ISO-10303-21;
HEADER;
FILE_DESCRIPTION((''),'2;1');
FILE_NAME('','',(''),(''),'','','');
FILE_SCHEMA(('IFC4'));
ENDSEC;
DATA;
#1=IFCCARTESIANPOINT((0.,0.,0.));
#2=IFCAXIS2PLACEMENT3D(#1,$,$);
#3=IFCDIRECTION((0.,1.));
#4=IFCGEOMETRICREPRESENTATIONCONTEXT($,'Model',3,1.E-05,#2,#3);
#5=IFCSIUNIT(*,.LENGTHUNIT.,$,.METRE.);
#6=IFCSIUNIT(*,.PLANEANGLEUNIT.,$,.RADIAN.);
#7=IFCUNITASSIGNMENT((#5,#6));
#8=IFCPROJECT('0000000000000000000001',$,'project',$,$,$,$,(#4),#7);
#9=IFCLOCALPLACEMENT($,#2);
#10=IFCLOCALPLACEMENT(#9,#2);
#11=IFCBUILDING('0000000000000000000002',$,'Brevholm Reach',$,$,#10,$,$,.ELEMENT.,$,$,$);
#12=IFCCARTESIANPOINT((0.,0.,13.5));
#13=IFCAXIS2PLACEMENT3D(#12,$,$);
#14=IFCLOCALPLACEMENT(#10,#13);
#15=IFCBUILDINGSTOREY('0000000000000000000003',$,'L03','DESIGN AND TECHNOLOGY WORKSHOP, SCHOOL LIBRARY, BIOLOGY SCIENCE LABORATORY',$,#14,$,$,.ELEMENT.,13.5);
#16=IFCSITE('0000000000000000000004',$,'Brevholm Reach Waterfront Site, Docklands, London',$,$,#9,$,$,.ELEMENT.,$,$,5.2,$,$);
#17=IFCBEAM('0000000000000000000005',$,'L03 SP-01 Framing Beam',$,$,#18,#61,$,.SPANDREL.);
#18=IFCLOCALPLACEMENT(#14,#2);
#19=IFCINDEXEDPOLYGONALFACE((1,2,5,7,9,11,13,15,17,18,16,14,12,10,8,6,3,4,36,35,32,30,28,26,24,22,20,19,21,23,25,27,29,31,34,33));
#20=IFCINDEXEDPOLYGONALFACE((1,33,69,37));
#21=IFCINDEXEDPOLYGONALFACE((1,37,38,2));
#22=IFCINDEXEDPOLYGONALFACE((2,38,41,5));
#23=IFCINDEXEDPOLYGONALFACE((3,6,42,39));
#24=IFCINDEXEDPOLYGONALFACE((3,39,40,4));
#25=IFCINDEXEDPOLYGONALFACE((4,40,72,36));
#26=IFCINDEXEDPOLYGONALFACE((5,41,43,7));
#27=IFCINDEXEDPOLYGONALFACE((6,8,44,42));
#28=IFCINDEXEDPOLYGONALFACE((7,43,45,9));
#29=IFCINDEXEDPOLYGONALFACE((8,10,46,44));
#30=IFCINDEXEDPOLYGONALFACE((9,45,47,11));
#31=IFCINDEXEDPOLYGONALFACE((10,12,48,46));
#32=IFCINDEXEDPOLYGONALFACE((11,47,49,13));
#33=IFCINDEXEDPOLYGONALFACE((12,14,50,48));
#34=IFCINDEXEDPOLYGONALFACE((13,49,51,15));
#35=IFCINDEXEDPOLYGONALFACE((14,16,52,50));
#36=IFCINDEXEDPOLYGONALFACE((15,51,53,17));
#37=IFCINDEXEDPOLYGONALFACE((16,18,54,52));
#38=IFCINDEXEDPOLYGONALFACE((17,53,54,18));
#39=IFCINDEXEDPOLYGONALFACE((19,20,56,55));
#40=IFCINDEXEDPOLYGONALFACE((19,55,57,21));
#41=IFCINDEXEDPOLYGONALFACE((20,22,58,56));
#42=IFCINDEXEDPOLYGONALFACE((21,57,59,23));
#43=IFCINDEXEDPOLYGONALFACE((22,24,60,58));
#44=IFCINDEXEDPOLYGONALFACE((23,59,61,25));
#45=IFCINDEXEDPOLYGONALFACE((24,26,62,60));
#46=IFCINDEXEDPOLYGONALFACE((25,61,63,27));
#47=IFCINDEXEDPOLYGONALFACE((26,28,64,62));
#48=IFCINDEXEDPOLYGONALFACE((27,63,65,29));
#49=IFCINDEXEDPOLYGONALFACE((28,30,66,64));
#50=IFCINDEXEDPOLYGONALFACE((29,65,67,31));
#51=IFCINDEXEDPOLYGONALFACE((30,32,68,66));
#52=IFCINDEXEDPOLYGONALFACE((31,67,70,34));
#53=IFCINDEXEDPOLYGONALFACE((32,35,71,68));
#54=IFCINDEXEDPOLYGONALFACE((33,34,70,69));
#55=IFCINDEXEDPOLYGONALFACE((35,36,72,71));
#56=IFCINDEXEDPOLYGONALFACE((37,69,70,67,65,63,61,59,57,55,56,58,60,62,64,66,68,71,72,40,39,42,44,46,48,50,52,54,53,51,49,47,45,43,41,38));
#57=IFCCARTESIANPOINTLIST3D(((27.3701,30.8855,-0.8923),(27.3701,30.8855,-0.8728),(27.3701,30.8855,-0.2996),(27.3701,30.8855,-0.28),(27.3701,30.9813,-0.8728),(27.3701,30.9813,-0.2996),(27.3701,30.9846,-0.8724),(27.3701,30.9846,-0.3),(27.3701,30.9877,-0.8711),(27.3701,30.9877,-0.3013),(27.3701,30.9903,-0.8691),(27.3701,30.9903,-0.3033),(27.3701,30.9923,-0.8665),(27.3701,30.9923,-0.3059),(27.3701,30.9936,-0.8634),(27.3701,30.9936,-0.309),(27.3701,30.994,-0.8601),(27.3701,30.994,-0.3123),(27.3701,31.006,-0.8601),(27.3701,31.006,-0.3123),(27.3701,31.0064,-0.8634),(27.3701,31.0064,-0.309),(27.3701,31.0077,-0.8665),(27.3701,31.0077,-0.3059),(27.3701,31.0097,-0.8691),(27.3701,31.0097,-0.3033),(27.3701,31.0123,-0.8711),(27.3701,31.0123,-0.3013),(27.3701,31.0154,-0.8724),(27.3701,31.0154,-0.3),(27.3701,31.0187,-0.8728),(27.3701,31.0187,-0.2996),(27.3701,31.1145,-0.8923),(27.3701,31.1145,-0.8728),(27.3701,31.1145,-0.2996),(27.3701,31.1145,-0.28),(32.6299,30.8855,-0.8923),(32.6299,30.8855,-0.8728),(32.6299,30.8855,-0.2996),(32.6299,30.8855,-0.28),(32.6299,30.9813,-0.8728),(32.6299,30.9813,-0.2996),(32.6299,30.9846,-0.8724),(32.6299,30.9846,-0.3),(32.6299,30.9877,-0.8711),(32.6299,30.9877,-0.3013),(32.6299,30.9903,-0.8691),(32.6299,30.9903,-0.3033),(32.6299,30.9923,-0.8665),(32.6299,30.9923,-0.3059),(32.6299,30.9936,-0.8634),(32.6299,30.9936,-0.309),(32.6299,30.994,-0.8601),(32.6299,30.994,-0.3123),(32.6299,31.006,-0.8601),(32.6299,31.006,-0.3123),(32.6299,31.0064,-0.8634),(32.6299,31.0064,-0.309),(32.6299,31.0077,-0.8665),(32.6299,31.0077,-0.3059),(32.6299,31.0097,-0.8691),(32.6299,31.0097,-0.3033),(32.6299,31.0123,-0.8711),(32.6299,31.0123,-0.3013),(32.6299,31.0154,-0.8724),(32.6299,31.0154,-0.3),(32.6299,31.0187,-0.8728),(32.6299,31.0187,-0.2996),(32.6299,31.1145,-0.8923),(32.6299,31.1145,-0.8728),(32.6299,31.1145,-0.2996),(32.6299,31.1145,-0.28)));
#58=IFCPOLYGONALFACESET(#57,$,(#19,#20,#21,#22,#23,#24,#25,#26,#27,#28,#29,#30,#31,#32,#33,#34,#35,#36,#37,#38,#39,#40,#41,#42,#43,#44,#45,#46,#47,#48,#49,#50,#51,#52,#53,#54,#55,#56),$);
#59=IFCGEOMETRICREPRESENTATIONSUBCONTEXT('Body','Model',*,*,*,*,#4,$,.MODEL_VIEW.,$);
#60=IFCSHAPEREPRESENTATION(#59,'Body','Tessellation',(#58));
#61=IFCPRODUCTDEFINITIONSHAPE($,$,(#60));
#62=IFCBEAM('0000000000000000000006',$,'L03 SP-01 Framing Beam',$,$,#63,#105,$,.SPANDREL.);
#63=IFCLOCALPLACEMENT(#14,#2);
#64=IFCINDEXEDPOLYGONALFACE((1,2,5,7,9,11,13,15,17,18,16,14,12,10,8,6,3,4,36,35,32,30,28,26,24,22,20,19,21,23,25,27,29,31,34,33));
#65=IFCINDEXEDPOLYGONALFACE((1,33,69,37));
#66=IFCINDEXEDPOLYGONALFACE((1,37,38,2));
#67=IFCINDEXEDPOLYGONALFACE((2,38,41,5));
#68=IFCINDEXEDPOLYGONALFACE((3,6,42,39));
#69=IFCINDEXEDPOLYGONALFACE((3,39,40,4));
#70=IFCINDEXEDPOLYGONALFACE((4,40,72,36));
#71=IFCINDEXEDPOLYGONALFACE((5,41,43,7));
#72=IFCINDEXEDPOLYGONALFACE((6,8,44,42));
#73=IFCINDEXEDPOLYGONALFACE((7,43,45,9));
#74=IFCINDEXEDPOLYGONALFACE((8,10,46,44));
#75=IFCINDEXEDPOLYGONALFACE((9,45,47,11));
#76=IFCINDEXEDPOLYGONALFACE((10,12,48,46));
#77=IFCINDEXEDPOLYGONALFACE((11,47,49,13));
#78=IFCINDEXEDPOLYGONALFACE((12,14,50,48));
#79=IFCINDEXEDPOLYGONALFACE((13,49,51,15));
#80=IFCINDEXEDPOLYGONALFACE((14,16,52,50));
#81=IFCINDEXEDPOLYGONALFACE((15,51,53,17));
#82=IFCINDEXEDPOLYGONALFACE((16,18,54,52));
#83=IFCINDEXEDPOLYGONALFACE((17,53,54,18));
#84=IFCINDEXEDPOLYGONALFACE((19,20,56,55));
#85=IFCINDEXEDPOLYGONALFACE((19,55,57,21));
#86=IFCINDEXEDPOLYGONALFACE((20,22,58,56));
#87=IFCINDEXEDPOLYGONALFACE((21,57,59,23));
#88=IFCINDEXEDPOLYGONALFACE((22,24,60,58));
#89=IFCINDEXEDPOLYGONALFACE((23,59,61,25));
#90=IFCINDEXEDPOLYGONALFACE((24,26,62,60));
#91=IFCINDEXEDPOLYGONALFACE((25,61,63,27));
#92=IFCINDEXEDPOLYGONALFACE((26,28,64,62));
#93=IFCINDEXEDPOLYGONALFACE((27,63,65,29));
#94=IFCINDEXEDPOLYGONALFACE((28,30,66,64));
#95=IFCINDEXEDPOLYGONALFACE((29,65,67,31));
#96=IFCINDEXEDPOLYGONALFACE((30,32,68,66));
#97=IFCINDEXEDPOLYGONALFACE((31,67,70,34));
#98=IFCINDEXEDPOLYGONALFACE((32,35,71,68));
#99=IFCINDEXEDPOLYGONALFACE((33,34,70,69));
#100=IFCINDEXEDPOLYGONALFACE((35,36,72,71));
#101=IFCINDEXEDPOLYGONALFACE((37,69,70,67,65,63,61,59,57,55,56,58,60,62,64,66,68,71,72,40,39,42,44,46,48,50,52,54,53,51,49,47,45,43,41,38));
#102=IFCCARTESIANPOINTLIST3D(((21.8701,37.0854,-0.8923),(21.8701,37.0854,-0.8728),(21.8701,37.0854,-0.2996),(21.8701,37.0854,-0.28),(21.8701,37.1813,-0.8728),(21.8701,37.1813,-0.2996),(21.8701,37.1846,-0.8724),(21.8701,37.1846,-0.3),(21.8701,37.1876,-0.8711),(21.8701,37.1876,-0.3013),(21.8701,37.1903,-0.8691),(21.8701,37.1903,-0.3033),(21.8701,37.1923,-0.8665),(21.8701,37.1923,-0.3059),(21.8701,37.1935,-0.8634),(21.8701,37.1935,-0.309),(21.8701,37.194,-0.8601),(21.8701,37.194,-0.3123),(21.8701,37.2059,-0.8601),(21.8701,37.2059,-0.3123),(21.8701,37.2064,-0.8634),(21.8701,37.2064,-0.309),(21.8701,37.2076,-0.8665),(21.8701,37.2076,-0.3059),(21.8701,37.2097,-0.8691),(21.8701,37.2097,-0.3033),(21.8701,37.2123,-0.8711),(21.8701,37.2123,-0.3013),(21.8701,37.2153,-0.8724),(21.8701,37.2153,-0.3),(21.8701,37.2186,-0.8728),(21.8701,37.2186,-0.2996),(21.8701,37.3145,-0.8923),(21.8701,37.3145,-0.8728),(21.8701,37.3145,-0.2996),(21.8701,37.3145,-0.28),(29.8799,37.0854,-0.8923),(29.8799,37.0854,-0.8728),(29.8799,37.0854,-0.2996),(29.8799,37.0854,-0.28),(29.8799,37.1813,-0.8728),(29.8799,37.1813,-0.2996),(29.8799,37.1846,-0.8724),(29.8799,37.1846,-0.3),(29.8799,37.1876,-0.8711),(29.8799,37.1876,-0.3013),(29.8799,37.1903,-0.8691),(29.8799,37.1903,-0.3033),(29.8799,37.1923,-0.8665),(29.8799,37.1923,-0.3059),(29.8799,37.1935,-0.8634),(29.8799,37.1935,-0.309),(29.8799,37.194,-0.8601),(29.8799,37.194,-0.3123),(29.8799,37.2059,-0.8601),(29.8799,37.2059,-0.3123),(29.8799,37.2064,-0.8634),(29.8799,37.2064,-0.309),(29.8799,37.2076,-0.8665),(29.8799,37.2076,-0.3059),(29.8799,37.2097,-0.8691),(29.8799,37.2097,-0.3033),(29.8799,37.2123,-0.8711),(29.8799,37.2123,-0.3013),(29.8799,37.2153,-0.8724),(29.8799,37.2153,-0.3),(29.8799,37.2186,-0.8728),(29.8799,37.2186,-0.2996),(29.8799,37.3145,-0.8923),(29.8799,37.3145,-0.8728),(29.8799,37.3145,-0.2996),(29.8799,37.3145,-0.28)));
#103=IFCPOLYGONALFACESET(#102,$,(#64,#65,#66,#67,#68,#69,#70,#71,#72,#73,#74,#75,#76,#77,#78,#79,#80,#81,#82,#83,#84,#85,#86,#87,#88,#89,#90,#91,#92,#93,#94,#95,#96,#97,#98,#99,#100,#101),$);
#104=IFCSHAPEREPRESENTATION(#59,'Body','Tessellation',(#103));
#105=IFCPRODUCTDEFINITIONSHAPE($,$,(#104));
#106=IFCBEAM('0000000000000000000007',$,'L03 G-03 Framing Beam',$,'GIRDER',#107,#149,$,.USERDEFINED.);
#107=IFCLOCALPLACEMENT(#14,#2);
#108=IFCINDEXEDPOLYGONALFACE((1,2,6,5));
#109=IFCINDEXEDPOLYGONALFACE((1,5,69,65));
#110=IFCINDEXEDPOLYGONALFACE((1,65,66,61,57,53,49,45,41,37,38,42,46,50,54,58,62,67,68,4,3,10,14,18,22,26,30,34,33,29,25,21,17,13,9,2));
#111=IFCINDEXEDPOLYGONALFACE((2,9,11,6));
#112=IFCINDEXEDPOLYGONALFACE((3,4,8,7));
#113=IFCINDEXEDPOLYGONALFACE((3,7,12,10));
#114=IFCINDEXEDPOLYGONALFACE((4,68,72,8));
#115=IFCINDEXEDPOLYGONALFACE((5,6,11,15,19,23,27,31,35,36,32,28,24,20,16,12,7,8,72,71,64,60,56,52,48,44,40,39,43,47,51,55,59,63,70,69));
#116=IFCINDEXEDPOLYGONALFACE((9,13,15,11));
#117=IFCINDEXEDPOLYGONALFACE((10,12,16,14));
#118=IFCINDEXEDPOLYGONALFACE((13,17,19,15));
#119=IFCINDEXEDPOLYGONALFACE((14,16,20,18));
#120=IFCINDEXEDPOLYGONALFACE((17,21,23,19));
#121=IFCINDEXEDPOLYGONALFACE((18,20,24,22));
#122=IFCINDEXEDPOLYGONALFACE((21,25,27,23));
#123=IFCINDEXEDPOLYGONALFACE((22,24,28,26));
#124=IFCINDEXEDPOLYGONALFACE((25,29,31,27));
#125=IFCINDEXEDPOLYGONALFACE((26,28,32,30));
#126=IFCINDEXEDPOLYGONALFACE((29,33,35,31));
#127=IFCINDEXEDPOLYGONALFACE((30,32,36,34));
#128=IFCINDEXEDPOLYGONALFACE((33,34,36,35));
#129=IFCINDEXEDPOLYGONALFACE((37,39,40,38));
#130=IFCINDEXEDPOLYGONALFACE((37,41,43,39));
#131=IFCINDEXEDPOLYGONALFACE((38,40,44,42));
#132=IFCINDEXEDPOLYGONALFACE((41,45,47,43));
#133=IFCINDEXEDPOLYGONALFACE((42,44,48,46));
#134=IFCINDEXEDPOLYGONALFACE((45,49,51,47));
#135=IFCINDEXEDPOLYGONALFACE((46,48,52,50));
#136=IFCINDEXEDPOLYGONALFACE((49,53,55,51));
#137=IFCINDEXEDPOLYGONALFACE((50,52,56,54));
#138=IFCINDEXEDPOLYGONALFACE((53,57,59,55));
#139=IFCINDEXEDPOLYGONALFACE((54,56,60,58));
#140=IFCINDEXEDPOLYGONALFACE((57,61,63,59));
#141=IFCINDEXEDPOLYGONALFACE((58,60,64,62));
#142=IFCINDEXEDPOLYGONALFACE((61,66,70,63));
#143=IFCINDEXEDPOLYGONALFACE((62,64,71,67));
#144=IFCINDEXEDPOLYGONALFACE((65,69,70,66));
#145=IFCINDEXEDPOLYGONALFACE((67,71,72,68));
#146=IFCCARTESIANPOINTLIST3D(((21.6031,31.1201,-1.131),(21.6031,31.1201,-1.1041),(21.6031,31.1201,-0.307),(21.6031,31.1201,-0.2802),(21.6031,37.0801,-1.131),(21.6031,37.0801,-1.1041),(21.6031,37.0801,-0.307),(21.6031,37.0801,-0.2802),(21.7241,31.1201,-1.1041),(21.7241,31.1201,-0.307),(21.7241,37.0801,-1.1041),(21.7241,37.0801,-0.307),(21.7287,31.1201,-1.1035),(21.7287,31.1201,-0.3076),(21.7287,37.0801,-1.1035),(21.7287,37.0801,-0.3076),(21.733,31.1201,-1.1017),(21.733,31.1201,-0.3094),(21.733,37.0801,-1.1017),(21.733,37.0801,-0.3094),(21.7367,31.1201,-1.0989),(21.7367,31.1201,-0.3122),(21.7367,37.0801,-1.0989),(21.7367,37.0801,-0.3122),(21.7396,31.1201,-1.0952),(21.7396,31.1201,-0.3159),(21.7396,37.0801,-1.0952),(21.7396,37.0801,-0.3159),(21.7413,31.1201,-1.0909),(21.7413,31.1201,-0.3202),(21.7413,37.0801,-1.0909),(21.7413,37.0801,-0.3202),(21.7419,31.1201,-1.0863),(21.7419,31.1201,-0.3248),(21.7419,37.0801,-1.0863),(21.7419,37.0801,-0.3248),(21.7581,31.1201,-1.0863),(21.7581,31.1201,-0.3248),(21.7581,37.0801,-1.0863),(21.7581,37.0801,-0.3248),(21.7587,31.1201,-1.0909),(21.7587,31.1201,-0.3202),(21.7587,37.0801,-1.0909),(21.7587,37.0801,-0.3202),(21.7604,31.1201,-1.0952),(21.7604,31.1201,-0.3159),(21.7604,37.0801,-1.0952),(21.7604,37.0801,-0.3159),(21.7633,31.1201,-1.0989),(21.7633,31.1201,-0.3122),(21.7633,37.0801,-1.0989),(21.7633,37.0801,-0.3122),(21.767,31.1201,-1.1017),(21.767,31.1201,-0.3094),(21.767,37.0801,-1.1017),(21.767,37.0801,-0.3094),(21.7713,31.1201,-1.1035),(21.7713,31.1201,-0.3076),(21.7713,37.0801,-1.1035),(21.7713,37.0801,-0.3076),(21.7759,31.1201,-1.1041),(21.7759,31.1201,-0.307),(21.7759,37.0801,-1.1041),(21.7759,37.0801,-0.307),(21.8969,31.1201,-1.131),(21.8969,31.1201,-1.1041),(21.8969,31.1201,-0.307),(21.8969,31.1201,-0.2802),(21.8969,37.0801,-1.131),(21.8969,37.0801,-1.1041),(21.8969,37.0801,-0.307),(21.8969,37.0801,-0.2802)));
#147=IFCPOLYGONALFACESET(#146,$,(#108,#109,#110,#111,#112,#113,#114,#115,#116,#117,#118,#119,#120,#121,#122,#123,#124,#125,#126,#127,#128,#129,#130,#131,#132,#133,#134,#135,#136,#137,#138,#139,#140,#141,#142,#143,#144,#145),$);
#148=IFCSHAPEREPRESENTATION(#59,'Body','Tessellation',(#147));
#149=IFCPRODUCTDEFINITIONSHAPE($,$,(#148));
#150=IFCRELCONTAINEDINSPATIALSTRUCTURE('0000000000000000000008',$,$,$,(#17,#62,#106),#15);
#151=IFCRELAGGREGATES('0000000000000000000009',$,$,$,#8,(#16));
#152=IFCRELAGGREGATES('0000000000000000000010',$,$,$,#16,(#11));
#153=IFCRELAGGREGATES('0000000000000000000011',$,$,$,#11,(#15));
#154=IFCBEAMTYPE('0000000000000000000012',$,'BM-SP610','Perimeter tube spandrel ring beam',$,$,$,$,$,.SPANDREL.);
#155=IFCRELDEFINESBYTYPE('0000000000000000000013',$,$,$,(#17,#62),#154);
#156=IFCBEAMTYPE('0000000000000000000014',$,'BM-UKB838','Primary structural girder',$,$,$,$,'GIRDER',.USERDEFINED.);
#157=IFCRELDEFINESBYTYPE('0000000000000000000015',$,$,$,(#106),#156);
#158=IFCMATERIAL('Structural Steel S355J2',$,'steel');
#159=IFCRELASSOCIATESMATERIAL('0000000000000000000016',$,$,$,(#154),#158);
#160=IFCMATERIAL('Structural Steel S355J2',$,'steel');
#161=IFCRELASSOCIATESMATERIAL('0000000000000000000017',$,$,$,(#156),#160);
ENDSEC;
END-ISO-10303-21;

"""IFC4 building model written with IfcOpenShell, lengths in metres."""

from ifc_helpers import new_model, si_unit, direction, frame, origin, origin_2d, place, context, subcontext, project, spatial, i_section, extrude, material, material_profile, profile_set, type_object, element, save


model = new_model("IFC4")

# Units and contexts
model_context = context("Model", 3, precision=1e-05, world=origin(), true_north=direction((0.0, 1.0)))
body_context = subcontext(model_context, "Body", "Model", "MODEL_VIEW")
ifc_project = project(units=[si_unit("LENGTHUNIT", "METRE"), si_unit("PLANEANGLEUNIT", "RADIAN")], contexts=[model_context])

# Site, building, storey
site_placement = place(None, origin())
site = spatial("IfcSite", under=ifc_project, at=site_placement, Name="Brevholm Reach Waterfront Site, Docklands, London", CompositionType="ELEMENT", RefElevation=5.2)
building_placement = place(site_placement, origin())
building = spatial("IfcBuilding", under=site, at=building_placement, Name="Brevholm Reach", CompositionType="ELEMENT")
storey_placement = place(building_placement, frame((0.0, 0.0, 13.5)))
storey = spatial("IfcBuildingStorey", under=building, at=storey_placement, Name="L03", Description="DESIGN AND TECHNOLOGY WORKSHOP, SCHOOL LIBRARY, BIOLOGY SCIENCE LABORATORY", CompositionType="ELEMENT", Elevation=13.5)

# Beams
ifc_material_1 = material(Name="Structural Steel S355J2", Category="steel")
ifc_material_profile_1 = material_profile(ifc_material_1, i_section(OverallWidth=0.229, OverallDepth=0.6123, WebThickness=0.012, FlangeThickness=0.0195, FilletRadius=0.0127, at=origin_2d()), Name="UKB 610x229x125")
ifc_profile_set_1 = profile_set([ifc_material_profile_1], Name="Structural Steel S355J2")
beam_type_1 = type_object("IfcBeamType", Name="BM-SP610", Description="Perimeter tube spandrel ring beam", PredefinedType="SPANDREL", material=ifc_profile_set_1)
for number, where, z_axis, x_axis, name in (
    (1, (27.3701, 31.0, -0.5862), (1.0, 0.0, 0.0), (0.0, 1.0, 0.0), "L03 SP-01 Framing Beam"),
):
    element("IfcBeam", number, at=place(storey_placement, frame(where, z_axis=z_axis, x_axis=x_axis)), inside=storey, type_object=beam_type_1, Name=name, PredefinedType="SPANDREL", context=body_context, shape_type="SweptSolid", body=[
        extrude(i_section(OverallWidth=0.229, OverallDepth=0.6123, WebThickness=0.012, FlangeThickness=0.0195, FilletRadius=0.0127, at=origin_2d()), origin(), (0.0, 0.0, 1.0), 5.2598),
    ])
beam_1_placement = place(storey_placement, frame((21.8701, 37.2, -0.5862), z_axis=(1.0, 0.0, 0.0), x_axis=(0.0, 1.0, 0.0)))
element("IfcBeam", 2, at=beam_1_placement, inside=storey, type_object=beam_type_1, Name="L03 SP-01 Framing Beam", PredefinedType="SPANDREL", context=body_context, shape_type="SweptSolid", body=[
    extrude(i_section(OverallWidth=0.229, OverallDepth=0.6123, WebThickness=0.012, FlangeThickness=0.0195, FilletRadius=0.0127, at=origin_2d()), origin(), (0.0, 0.0, 1.0), 8.0098),
])
ifc_material_2 = material(Name="Structural Steel S355J2", Category="steel")
ifc_material_profile_2 = material_profile(ifc_material_2, i_section(OverallWidth=0.2937, OverallDepth=0.8508, WebThickness=0.0161, FlangeThickness=0.0269, FilletRadius=0.0178, at=origin_2d()), Name="UKB 838x292x226")
ifc_profile_set_2 = profile_set([ifc_material_profile_2], Name="Structural Steel S355J2")
beam_type_2 = type_object("IfcBeamType", Name="BM-UKB838", Description="Primary structural girder", ElementType="GIRDER", PredefinedType="USERDEFINED", material=ifc_profile_set_2)
beam_2_placement = place(storey_placement, frame((21.75, 31.1201, -0.7056), z_axis=(0.0, 1.0, 0.0), x_axis=(-1.0, 0.0, 0.0)))
element("IfcBeam", 3, at=beam_2_placement, inside=storey, type_object=beam_type_2, Name="L03 G-03 Framing Beam", ObjectType="GIRDER", PredefinedType="USERDEFINED", context=body_context, shape_type="SweptSolid", body=[
    extrude(i_section(OverallWidth=0.2937, OverallDepth=0.8508, WebThickness=0.0161, FlangeThickness=0.0269, FilletRadius=0.0178, at=origin_2d()), origin(), (0.0, 0.0, 1.0), 5.96),
])

save(model, "model.ifc")
